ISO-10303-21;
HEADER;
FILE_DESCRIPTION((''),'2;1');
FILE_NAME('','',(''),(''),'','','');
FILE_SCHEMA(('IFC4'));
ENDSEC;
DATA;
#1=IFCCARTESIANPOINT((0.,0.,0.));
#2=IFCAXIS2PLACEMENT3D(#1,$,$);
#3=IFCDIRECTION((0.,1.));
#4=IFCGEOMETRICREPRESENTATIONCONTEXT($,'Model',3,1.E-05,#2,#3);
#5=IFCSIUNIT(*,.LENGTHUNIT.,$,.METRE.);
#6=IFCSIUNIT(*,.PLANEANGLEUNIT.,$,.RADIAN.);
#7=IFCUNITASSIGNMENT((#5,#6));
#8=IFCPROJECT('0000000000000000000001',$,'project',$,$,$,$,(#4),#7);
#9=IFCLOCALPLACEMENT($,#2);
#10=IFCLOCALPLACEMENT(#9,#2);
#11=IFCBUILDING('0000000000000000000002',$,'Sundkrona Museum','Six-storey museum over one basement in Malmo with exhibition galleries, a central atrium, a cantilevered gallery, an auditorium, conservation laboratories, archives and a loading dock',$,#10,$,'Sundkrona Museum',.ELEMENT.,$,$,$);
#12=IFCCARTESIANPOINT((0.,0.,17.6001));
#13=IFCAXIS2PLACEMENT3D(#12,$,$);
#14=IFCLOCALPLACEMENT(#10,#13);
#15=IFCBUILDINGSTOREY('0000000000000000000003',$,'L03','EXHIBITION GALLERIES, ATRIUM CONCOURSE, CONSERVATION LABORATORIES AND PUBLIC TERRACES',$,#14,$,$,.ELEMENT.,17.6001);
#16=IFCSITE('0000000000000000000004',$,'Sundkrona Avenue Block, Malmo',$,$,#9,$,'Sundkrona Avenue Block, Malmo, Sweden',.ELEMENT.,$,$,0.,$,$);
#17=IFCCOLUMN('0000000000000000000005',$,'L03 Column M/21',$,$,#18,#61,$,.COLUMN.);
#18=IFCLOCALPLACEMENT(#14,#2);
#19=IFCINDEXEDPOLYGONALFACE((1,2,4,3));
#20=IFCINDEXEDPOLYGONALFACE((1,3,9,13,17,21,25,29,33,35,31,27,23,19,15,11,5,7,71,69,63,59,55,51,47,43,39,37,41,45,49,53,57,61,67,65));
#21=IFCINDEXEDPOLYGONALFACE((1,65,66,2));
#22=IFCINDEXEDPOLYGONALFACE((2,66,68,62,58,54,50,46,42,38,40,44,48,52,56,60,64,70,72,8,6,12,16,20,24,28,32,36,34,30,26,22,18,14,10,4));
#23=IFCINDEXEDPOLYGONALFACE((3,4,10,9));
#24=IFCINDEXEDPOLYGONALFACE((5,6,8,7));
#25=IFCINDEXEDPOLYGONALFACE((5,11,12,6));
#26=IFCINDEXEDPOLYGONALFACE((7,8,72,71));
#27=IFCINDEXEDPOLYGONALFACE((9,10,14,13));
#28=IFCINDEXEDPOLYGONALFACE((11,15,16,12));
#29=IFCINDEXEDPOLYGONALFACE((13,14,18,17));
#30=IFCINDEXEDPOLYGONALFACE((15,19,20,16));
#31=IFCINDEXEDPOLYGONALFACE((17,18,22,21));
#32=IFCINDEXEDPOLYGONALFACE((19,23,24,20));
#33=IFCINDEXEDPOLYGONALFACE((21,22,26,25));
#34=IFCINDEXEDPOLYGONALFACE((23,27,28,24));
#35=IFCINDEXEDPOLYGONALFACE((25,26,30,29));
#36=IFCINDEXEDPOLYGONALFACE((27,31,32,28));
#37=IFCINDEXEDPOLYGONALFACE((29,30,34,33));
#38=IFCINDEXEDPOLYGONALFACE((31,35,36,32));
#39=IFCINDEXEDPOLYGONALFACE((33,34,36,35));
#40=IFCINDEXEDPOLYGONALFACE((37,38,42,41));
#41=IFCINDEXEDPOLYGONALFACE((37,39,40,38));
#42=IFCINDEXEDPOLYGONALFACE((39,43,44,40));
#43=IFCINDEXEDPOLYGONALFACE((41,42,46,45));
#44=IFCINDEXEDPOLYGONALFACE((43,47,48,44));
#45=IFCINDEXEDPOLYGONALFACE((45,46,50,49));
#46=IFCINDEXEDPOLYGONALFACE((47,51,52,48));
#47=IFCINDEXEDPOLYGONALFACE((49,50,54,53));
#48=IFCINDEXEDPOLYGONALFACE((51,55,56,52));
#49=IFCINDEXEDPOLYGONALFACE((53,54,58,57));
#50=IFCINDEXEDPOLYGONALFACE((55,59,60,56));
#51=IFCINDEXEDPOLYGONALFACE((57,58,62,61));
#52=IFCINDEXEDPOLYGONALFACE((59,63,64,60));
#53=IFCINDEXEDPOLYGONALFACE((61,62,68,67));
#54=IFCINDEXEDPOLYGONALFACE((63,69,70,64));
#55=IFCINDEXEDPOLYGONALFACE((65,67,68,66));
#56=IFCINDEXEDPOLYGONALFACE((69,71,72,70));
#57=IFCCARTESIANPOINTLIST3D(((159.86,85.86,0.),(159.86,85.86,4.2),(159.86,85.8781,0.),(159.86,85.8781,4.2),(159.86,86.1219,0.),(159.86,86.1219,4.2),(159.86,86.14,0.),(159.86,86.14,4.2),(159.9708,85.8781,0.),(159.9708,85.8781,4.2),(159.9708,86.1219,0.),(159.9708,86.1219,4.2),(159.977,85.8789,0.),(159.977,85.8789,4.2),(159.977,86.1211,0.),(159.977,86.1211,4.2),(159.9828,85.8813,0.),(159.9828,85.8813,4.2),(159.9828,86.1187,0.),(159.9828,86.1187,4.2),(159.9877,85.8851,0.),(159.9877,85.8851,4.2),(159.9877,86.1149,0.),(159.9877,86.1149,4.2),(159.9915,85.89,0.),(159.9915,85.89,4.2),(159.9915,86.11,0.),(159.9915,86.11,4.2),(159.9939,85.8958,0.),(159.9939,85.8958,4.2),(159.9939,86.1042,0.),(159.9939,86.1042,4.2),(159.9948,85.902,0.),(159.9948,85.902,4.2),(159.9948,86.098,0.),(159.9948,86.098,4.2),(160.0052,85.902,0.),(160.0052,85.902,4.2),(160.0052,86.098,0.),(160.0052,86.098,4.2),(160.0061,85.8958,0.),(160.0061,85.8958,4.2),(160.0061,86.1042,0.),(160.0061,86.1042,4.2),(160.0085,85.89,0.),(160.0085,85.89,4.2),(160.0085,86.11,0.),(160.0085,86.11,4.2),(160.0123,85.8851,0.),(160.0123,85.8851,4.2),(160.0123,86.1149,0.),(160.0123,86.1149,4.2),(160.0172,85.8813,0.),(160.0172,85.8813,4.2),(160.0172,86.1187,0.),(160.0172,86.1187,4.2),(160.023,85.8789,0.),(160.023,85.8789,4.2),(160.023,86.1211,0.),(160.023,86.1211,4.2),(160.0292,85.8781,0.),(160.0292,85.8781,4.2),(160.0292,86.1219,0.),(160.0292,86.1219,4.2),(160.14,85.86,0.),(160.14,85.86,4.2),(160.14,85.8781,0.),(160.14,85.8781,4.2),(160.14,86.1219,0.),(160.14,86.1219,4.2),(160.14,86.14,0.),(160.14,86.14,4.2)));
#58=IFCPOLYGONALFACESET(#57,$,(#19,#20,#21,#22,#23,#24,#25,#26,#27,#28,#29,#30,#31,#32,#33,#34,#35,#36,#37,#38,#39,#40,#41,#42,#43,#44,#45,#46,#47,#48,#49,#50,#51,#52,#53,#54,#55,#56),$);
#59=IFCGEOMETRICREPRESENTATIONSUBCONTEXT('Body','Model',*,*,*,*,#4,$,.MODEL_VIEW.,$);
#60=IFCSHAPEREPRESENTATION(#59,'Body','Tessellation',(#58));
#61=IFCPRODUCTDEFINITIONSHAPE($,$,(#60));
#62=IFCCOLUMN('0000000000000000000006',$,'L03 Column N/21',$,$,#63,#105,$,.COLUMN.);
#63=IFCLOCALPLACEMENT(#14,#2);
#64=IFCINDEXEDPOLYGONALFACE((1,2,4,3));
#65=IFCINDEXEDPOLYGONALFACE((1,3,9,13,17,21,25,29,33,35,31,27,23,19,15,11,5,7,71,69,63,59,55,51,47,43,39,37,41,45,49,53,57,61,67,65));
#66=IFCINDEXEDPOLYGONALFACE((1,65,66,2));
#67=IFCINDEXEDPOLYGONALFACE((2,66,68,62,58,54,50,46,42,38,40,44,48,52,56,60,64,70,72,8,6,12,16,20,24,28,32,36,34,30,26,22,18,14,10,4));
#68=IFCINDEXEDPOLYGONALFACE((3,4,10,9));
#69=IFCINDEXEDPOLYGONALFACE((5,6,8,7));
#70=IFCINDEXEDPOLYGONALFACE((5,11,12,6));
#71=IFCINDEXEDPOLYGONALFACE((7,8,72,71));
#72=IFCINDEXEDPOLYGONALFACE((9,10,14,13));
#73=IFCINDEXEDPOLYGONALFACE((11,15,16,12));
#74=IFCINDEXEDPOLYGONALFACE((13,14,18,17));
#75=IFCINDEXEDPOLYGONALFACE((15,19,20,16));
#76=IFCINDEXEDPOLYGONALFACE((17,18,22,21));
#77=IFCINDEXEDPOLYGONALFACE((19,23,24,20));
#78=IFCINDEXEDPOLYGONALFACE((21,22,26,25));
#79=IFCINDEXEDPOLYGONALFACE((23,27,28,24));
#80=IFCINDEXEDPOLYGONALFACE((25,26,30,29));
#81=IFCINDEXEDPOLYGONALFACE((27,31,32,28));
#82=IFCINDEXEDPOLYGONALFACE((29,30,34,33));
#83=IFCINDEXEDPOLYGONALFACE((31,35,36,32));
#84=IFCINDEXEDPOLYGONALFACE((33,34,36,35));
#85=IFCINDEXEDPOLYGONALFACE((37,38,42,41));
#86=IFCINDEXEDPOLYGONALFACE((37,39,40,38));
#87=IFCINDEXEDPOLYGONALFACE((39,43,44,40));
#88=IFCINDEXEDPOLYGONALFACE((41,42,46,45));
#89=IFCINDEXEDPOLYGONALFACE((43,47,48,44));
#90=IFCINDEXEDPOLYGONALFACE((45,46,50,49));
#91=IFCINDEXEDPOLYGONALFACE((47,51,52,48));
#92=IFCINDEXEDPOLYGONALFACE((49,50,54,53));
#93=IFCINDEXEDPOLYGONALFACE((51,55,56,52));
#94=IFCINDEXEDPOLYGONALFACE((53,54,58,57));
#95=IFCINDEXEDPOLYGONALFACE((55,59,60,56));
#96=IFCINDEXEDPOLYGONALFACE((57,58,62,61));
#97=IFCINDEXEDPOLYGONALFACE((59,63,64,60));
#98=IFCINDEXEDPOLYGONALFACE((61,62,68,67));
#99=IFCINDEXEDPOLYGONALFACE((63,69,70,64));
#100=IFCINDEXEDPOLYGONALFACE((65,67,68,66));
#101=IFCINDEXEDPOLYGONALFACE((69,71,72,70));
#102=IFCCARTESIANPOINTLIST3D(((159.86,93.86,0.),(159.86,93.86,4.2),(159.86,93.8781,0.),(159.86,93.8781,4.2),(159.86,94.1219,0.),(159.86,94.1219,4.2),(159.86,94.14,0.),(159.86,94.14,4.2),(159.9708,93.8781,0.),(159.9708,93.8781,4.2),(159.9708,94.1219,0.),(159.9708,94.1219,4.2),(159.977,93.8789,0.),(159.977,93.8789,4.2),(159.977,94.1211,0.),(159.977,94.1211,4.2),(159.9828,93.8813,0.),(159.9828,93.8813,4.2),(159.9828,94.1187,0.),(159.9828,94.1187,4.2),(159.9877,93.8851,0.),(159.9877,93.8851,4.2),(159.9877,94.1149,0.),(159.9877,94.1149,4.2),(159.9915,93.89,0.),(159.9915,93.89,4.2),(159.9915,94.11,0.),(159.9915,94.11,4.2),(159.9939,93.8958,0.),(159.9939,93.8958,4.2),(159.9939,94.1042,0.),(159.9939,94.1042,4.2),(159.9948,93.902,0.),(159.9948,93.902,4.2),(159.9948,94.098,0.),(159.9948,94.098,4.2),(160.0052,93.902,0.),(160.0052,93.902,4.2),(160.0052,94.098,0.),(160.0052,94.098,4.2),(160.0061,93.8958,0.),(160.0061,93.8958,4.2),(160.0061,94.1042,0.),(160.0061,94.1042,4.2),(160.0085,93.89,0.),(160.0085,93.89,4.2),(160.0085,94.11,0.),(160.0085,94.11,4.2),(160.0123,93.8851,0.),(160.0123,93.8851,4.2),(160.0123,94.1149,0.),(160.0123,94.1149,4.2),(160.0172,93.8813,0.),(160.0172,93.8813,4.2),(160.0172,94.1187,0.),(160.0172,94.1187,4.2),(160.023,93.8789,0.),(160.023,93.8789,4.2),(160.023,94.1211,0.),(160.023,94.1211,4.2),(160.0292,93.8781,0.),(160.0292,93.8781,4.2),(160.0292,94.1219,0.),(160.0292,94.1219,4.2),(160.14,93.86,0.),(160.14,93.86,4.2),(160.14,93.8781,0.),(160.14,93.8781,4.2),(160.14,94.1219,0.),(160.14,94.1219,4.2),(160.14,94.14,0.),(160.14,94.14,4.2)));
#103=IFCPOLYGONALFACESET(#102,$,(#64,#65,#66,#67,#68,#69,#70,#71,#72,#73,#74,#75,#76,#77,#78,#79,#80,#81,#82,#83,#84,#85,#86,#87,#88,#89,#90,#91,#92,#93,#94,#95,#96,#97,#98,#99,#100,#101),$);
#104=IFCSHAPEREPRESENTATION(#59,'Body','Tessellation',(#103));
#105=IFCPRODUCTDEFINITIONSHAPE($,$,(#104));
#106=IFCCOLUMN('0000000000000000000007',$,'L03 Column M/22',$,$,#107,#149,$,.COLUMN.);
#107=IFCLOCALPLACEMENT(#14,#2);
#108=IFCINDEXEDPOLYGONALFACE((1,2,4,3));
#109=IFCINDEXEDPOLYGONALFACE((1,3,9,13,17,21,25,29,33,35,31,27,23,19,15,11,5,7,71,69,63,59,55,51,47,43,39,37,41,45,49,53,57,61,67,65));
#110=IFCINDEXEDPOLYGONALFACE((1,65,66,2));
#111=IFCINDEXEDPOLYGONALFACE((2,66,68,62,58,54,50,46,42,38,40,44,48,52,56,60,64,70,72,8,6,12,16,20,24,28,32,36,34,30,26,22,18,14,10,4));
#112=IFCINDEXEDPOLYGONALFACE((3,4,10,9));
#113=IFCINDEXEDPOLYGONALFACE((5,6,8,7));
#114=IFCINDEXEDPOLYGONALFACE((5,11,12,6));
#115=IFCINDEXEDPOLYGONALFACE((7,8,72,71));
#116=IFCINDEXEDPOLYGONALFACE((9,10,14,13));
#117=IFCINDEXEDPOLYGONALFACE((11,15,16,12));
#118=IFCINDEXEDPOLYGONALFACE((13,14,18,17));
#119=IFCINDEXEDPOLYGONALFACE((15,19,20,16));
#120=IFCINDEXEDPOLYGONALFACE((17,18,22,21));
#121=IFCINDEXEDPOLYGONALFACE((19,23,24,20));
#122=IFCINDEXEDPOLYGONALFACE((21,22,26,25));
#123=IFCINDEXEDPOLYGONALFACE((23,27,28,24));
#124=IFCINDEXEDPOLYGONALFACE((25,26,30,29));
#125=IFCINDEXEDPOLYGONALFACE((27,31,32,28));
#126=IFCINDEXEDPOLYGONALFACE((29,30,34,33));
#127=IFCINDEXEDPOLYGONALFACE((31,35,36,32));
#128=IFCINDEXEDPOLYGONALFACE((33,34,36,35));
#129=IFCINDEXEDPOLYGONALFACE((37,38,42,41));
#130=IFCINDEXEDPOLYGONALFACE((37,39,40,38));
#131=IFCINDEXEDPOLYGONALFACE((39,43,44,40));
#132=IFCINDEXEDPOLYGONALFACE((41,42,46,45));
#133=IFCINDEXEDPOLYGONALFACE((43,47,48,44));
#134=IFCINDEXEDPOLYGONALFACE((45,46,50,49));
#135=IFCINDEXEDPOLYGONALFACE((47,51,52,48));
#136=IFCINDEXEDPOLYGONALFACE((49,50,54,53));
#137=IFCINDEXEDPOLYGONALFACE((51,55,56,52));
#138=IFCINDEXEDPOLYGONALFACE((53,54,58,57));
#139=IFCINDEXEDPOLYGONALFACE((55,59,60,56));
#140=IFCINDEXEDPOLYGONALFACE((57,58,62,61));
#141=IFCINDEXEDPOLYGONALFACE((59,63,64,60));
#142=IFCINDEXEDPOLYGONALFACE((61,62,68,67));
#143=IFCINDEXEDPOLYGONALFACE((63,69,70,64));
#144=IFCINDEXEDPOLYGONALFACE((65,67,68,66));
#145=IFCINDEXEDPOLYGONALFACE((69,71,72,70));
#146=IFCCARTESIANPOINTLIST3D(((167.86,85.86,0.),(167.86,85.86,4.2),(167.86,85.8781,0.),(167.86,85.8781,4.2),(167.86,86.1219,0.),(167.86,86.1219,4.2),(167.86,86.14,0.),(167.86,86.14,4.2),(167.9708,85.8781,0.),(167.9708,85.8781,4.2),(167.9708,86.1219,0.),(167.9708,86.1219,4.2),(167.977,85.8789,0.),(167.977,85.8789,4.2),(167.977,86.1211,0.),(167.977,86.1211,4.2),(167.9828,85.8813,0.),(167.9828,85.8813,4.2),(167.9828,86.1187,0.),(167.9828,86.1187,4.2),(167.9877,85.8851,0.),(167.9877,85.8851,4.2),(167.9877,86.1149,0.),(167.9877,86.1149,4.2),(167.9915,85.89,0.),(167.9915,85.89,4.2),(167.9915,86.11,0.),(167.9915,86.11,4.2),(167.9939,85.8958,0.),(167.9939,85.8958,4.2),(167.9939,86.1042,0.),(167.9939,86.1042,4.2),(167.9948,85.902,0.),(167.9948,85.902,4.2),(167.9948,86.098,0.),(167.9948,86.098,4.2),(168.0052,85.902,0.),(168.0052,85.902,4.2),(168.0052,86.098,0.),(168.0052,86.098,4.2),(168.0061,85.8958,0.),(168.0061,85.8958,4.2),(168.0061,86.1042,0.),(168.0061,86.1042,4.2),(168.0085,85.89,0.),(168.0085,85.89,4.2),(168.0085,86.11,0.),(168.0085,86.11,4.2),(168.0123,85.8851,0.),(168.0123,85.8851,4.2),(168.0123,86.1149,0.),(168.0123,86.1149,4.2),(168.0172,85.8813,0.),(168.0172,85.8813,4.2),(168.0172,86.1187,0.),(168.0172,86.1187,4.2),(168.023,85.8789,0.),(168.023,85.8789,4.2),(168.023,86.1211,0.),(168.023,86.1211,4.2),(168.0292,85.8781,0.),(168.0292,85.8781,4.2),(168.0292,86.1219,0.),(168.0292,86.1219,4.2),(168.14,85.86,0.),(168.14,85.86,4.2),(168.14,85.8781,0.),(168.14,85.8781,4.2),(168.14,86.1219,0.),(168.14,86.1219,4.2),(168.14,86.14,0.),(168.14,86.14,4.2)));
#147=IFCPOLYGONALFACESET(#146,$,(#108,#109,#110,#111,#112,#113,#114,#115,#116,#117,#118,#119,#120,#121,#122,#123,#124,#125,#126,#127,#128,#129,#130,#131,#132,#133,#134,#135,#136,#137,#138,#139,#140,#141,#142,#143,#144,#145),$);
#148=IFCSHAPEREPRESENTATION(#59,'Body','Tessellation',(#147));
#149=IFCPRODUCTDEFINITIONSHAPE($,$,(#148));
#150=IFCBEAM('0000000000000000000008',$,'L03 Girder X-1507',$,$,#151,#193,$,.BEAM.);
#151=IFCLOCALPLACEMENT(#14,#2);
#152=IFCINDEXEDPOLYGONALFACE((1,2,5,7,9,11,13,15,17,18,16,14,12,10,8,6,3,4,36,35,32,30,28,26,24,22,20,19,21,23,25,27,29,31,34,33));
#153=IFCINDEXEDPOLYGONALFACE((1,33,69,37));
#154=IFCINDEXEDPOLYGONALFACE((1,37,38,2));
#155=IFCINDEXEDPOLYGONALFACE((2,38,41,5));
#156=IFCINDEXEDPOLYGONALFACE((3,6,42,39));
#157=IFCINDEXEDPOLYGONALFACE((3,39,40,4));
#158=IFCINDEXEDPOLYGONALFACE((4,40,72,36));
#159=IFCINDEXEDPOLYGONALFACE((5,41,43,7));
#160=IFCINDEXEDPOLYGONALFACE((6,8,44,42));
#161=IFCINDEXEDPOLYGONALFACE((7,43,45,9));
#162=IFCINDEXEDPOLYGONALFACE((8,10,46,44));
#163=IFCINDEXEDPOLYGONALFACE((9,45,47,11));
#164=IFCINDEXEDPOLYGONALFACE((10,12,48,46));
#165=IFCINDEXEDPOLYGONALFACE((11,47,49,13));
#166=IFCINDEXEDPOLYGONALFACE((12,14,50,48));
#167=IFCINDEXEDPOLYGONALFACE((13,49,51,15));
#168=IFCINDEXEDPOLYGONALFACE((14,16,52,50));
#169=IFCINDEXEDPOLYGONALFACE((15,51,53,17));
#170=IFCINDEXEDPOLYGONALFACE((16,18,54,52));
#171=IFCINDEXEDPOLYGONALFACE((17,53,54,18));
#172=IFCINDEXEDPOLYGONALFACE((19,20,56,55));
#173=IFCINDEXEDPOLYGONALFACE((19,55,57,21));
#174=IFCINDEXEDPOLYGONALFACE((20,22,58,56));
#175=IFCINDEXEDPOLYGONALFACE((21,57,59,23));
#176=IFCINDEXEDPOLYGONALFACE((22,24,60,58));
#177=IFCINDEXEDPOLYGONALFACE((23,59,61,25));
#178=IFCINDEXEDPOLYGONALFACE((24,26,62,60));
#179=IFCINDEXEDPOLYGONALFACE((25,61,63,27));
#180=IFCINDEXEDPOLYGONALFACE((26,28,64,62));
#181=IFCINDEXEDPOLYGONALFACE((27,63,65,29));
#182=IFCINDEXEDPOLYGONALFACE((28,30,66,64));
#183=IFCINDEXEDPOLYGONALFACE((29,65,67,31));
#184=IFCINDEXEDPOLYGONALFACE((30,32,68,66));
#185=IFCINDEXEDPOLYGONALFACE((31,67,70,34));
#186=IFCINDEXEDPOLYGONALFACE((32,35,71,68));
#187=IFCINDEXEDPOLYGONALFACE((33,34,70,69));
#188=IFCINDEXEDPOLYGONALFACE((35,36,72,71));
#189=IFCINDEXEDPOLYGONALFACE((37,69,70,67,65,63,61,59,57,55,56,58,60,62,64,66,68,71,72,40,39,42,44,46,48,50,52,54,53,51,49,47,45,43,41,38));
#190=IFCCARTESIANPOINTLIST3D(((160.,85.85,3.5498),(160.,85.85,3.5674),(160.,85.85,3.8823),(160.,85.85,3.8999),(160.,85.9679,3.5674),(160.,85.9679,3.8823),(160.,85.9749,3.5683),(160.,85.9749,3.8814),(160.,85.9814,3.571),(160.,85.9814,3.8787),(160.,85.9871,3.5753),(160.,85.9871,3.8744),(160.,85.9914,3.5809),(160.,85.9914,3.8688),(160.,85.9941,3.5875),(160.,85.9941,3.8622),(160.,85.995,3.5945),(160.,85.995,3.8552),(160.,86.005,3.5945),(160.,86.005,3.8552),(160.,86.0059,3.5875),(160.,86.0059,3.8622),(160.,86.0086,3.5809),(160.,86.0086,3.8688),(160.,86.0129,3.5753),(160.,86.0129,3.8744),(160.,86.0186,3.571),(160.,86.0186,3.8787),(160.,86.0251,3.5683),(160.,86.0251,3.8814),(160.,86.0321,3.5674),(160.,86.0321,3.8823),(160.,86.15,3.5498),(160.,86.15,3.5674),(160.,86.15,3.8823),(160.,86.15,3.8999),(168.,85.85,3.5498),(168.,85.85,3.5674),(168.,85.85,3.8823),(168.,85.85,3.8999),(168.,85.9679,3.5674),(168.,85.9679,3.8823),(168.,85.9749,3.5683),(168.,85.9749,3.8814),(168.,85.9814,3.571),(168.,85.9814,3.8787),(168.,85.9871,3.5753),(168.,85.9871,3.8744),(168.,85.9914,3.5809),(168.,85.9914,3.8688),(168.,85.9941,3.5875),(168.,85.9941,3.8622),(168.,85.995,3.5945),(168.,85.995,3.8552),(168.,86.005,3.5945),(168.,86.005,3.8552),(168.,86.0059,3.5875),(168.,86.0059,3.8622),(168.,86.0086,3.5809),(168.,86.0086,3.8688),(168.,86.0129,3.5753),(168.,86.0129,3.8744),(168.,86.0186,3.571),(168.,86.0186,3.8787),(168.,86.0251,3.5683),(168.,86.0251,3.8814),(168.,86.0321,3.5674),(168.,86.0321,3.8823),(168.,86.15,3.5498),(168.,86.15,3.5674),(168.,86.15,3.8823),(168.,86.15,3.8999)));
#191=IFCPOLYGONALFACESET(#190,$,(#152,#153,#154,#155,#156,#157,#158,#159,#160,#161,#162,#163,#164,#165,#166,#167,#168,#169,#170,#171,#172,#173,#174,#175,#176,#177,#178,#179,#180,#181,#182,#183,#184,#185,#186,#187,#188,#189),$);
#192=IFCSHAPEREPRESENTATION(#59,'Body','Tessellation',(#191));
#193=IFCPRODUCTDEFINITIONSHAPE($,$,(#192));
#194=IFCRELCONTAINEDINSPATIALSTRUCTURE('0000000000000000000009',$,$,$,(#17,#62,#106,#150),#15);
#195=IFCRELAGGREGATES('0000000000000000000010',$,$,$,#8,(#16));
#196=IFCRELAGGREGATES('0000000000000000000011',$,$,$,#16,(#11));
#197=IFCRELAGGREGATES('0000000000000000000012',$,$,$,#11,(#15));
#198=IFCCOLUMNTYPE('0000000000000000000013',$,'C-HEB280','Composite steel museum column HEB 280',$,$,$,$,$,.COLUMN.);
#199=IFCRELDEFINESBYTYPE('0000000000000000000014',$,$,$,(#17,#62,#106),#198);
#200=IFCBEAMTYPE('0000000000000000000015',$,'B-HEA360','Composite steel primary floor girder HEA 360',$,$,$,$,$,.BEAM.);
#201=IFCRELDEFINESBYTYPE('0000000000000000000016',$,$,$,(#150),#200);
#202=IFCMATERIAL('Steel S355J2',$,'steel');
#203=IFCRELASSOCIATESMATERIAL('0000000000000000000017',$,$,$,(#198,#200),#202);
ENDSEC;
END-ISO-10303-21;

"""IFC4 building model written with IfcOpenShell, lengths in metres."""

from ifc_helpers import new_model, si_unit, direction, frame, origin, origin_2d, place, context, subcontext, project, spatial, i_section, extrude, material, material_profile, profile_set, type_object, element, save


model = new_model("IFC4")

# Units and contexts
model_context = context("Model", 3, precision=1e-05, world=origin(), true_north=direction((0.0, 1.0)))
body_context = subcontext(model_context, "Body", "Model", "MODEL_VIEW")
ifc_project = project(units=[si_unit("LENGTHUNIT", "METRE"), si_unit("PLANEANGLEUNIT", "RADIAN")], contexts=[model_context])

# Site, building, storey
site_placement = place(None, origin())
site = spatial("IfcSite", under=ifc_project, at=site_placement, Name="Sundkrona Avenue Block, Malmo", LongName="Sundkrona Avenue Block, Malmo, Sweden", CompositionType="ELEMENT", RefElevation=0.0)
building_placement = place(site_placement, origin())
building = spatial("IfcBuilding", under=site, at=building_placement, Name="Sundkrona Museum", Description="Six-storey museum over one basement in Malmo with exhibition galleries, a central atrium, a cantilevered gallery, an auditorium, conservation laboratories, archives and a loading dock", LongName="Sundkrona Museum", CompositionType="ELEMENT")
storey_placement = place(building_placement, frame((0.0, 0.0, 17.6001)))
storey = spatial("IfcBuildingStorey", under=building, at=storey_placement, Name="L03", Description="EXHIBITION GALLERIES, ATRIUM CONCOURSE, CONSERVATION LABORATORIES AND PUBLIC TERRACES", CompositionType="ELEMENT", Elevation=17.6001)

# Columns
ifc_material_1 = material(Name="Steel S355J2", Category="steel")
ifc_material_profile_1 = material_profile(ifc_material_1, i_section(OverallWidth=0.28, OverallDepth=0.28, WebThickness=0.0105, FlangeThickness=0.0181, FilletRadius=0.0239, at=origin_2d()), Name="HEB 280")
ifc_profile_set_1 = profile_set([ifc_material_profile_1], Name="Steel S355J2")
column_type = type_object("IfcColumnType", Name="C-HEB280", Description="Composite steel museum column HEB 280", PredefinedType="COLUMN", material=ifc_profile_set_1)
for number, where, z_axis, x_axis, name in (
    (1, (160.0, 86.0, 0.0), (0.0, 0.0, 1.0), (1.0, 0.0, 0.0), "L03 Column M/21"),
    (2, (160.0, 94.0, 0.0), (0.0, 0.0, 1.0), (1.0, 0.0, 0.0), "L03 Column N/21"),
    (3, (168.0, 86.0, 0.0), (0.0, 0.0, 1.0), (1.0, 0.0, 0.0), "L03 Column M/22"),
):
    element("IfcColumn", number, at=place(storey_placement, frame(where, z_axis=z_axis, x_axis=x_axis)), inside=storey, type_object=column_type, Name=name, PredefinedType="COLUMN", context=body_context, shape_type="SweptSolid", body=[
        extrude(i_section(OverallWidth=0.28, OverallDepth=0.28, WebThickness=0.0105, FlangeThickness=0.0181, FilletRadius=0.0239, at=origin_2d()), origin(), (0.0, 0.0, 1.0), 4.2),
    ])

# Beam
ifc_material_profile_2 = material_profile(ifc_material_1, i_section(OverallWidth=0.3, OverallDepth=0.3501, WebThickness=0.01, FlangeThickness=0.0176, FilletRadius=0.0271, at=origin_2d()), Name="HEA 360")
ifc_profile_set_2 = profile_set([ifc_material_profile_2], Name="Steel S355J2")
beam_type_1 = type_object("IfcBeamType", Name="B-HEA360", Description="Composite steel primary floor girder HEA 360", PredefinedType="BEAM", material=ifc_profile_set_2)
for number, where, z_axis, x_axis, name in (
    (4, (160.0, 86.0, 3.7249), (1.0, 0.0, 0.0), (0.0, 1.0, 0.0), "L03 Girder X-1507"),
):
    element("IfcBeam", number, at=place(storey_placement, frame(where, z_axis=z_axis, x_axis=x_axis)), inside=storey, type_object=beam_type_1, Name=name, PredefinedType="BEAM", context=body_context, shape_type="SweptSolid", body=[
        extrude(i_section(OverallWidth=0.3, OverallDepth=0.3501, WebThickness=0.01, FlangeThickness=0.0176, FilletRadius=0.0271, at=origin_2d()), origin(), (0.0, 0.0, 1.0), 8.0),
    ])

save(model, "model.ifc")
